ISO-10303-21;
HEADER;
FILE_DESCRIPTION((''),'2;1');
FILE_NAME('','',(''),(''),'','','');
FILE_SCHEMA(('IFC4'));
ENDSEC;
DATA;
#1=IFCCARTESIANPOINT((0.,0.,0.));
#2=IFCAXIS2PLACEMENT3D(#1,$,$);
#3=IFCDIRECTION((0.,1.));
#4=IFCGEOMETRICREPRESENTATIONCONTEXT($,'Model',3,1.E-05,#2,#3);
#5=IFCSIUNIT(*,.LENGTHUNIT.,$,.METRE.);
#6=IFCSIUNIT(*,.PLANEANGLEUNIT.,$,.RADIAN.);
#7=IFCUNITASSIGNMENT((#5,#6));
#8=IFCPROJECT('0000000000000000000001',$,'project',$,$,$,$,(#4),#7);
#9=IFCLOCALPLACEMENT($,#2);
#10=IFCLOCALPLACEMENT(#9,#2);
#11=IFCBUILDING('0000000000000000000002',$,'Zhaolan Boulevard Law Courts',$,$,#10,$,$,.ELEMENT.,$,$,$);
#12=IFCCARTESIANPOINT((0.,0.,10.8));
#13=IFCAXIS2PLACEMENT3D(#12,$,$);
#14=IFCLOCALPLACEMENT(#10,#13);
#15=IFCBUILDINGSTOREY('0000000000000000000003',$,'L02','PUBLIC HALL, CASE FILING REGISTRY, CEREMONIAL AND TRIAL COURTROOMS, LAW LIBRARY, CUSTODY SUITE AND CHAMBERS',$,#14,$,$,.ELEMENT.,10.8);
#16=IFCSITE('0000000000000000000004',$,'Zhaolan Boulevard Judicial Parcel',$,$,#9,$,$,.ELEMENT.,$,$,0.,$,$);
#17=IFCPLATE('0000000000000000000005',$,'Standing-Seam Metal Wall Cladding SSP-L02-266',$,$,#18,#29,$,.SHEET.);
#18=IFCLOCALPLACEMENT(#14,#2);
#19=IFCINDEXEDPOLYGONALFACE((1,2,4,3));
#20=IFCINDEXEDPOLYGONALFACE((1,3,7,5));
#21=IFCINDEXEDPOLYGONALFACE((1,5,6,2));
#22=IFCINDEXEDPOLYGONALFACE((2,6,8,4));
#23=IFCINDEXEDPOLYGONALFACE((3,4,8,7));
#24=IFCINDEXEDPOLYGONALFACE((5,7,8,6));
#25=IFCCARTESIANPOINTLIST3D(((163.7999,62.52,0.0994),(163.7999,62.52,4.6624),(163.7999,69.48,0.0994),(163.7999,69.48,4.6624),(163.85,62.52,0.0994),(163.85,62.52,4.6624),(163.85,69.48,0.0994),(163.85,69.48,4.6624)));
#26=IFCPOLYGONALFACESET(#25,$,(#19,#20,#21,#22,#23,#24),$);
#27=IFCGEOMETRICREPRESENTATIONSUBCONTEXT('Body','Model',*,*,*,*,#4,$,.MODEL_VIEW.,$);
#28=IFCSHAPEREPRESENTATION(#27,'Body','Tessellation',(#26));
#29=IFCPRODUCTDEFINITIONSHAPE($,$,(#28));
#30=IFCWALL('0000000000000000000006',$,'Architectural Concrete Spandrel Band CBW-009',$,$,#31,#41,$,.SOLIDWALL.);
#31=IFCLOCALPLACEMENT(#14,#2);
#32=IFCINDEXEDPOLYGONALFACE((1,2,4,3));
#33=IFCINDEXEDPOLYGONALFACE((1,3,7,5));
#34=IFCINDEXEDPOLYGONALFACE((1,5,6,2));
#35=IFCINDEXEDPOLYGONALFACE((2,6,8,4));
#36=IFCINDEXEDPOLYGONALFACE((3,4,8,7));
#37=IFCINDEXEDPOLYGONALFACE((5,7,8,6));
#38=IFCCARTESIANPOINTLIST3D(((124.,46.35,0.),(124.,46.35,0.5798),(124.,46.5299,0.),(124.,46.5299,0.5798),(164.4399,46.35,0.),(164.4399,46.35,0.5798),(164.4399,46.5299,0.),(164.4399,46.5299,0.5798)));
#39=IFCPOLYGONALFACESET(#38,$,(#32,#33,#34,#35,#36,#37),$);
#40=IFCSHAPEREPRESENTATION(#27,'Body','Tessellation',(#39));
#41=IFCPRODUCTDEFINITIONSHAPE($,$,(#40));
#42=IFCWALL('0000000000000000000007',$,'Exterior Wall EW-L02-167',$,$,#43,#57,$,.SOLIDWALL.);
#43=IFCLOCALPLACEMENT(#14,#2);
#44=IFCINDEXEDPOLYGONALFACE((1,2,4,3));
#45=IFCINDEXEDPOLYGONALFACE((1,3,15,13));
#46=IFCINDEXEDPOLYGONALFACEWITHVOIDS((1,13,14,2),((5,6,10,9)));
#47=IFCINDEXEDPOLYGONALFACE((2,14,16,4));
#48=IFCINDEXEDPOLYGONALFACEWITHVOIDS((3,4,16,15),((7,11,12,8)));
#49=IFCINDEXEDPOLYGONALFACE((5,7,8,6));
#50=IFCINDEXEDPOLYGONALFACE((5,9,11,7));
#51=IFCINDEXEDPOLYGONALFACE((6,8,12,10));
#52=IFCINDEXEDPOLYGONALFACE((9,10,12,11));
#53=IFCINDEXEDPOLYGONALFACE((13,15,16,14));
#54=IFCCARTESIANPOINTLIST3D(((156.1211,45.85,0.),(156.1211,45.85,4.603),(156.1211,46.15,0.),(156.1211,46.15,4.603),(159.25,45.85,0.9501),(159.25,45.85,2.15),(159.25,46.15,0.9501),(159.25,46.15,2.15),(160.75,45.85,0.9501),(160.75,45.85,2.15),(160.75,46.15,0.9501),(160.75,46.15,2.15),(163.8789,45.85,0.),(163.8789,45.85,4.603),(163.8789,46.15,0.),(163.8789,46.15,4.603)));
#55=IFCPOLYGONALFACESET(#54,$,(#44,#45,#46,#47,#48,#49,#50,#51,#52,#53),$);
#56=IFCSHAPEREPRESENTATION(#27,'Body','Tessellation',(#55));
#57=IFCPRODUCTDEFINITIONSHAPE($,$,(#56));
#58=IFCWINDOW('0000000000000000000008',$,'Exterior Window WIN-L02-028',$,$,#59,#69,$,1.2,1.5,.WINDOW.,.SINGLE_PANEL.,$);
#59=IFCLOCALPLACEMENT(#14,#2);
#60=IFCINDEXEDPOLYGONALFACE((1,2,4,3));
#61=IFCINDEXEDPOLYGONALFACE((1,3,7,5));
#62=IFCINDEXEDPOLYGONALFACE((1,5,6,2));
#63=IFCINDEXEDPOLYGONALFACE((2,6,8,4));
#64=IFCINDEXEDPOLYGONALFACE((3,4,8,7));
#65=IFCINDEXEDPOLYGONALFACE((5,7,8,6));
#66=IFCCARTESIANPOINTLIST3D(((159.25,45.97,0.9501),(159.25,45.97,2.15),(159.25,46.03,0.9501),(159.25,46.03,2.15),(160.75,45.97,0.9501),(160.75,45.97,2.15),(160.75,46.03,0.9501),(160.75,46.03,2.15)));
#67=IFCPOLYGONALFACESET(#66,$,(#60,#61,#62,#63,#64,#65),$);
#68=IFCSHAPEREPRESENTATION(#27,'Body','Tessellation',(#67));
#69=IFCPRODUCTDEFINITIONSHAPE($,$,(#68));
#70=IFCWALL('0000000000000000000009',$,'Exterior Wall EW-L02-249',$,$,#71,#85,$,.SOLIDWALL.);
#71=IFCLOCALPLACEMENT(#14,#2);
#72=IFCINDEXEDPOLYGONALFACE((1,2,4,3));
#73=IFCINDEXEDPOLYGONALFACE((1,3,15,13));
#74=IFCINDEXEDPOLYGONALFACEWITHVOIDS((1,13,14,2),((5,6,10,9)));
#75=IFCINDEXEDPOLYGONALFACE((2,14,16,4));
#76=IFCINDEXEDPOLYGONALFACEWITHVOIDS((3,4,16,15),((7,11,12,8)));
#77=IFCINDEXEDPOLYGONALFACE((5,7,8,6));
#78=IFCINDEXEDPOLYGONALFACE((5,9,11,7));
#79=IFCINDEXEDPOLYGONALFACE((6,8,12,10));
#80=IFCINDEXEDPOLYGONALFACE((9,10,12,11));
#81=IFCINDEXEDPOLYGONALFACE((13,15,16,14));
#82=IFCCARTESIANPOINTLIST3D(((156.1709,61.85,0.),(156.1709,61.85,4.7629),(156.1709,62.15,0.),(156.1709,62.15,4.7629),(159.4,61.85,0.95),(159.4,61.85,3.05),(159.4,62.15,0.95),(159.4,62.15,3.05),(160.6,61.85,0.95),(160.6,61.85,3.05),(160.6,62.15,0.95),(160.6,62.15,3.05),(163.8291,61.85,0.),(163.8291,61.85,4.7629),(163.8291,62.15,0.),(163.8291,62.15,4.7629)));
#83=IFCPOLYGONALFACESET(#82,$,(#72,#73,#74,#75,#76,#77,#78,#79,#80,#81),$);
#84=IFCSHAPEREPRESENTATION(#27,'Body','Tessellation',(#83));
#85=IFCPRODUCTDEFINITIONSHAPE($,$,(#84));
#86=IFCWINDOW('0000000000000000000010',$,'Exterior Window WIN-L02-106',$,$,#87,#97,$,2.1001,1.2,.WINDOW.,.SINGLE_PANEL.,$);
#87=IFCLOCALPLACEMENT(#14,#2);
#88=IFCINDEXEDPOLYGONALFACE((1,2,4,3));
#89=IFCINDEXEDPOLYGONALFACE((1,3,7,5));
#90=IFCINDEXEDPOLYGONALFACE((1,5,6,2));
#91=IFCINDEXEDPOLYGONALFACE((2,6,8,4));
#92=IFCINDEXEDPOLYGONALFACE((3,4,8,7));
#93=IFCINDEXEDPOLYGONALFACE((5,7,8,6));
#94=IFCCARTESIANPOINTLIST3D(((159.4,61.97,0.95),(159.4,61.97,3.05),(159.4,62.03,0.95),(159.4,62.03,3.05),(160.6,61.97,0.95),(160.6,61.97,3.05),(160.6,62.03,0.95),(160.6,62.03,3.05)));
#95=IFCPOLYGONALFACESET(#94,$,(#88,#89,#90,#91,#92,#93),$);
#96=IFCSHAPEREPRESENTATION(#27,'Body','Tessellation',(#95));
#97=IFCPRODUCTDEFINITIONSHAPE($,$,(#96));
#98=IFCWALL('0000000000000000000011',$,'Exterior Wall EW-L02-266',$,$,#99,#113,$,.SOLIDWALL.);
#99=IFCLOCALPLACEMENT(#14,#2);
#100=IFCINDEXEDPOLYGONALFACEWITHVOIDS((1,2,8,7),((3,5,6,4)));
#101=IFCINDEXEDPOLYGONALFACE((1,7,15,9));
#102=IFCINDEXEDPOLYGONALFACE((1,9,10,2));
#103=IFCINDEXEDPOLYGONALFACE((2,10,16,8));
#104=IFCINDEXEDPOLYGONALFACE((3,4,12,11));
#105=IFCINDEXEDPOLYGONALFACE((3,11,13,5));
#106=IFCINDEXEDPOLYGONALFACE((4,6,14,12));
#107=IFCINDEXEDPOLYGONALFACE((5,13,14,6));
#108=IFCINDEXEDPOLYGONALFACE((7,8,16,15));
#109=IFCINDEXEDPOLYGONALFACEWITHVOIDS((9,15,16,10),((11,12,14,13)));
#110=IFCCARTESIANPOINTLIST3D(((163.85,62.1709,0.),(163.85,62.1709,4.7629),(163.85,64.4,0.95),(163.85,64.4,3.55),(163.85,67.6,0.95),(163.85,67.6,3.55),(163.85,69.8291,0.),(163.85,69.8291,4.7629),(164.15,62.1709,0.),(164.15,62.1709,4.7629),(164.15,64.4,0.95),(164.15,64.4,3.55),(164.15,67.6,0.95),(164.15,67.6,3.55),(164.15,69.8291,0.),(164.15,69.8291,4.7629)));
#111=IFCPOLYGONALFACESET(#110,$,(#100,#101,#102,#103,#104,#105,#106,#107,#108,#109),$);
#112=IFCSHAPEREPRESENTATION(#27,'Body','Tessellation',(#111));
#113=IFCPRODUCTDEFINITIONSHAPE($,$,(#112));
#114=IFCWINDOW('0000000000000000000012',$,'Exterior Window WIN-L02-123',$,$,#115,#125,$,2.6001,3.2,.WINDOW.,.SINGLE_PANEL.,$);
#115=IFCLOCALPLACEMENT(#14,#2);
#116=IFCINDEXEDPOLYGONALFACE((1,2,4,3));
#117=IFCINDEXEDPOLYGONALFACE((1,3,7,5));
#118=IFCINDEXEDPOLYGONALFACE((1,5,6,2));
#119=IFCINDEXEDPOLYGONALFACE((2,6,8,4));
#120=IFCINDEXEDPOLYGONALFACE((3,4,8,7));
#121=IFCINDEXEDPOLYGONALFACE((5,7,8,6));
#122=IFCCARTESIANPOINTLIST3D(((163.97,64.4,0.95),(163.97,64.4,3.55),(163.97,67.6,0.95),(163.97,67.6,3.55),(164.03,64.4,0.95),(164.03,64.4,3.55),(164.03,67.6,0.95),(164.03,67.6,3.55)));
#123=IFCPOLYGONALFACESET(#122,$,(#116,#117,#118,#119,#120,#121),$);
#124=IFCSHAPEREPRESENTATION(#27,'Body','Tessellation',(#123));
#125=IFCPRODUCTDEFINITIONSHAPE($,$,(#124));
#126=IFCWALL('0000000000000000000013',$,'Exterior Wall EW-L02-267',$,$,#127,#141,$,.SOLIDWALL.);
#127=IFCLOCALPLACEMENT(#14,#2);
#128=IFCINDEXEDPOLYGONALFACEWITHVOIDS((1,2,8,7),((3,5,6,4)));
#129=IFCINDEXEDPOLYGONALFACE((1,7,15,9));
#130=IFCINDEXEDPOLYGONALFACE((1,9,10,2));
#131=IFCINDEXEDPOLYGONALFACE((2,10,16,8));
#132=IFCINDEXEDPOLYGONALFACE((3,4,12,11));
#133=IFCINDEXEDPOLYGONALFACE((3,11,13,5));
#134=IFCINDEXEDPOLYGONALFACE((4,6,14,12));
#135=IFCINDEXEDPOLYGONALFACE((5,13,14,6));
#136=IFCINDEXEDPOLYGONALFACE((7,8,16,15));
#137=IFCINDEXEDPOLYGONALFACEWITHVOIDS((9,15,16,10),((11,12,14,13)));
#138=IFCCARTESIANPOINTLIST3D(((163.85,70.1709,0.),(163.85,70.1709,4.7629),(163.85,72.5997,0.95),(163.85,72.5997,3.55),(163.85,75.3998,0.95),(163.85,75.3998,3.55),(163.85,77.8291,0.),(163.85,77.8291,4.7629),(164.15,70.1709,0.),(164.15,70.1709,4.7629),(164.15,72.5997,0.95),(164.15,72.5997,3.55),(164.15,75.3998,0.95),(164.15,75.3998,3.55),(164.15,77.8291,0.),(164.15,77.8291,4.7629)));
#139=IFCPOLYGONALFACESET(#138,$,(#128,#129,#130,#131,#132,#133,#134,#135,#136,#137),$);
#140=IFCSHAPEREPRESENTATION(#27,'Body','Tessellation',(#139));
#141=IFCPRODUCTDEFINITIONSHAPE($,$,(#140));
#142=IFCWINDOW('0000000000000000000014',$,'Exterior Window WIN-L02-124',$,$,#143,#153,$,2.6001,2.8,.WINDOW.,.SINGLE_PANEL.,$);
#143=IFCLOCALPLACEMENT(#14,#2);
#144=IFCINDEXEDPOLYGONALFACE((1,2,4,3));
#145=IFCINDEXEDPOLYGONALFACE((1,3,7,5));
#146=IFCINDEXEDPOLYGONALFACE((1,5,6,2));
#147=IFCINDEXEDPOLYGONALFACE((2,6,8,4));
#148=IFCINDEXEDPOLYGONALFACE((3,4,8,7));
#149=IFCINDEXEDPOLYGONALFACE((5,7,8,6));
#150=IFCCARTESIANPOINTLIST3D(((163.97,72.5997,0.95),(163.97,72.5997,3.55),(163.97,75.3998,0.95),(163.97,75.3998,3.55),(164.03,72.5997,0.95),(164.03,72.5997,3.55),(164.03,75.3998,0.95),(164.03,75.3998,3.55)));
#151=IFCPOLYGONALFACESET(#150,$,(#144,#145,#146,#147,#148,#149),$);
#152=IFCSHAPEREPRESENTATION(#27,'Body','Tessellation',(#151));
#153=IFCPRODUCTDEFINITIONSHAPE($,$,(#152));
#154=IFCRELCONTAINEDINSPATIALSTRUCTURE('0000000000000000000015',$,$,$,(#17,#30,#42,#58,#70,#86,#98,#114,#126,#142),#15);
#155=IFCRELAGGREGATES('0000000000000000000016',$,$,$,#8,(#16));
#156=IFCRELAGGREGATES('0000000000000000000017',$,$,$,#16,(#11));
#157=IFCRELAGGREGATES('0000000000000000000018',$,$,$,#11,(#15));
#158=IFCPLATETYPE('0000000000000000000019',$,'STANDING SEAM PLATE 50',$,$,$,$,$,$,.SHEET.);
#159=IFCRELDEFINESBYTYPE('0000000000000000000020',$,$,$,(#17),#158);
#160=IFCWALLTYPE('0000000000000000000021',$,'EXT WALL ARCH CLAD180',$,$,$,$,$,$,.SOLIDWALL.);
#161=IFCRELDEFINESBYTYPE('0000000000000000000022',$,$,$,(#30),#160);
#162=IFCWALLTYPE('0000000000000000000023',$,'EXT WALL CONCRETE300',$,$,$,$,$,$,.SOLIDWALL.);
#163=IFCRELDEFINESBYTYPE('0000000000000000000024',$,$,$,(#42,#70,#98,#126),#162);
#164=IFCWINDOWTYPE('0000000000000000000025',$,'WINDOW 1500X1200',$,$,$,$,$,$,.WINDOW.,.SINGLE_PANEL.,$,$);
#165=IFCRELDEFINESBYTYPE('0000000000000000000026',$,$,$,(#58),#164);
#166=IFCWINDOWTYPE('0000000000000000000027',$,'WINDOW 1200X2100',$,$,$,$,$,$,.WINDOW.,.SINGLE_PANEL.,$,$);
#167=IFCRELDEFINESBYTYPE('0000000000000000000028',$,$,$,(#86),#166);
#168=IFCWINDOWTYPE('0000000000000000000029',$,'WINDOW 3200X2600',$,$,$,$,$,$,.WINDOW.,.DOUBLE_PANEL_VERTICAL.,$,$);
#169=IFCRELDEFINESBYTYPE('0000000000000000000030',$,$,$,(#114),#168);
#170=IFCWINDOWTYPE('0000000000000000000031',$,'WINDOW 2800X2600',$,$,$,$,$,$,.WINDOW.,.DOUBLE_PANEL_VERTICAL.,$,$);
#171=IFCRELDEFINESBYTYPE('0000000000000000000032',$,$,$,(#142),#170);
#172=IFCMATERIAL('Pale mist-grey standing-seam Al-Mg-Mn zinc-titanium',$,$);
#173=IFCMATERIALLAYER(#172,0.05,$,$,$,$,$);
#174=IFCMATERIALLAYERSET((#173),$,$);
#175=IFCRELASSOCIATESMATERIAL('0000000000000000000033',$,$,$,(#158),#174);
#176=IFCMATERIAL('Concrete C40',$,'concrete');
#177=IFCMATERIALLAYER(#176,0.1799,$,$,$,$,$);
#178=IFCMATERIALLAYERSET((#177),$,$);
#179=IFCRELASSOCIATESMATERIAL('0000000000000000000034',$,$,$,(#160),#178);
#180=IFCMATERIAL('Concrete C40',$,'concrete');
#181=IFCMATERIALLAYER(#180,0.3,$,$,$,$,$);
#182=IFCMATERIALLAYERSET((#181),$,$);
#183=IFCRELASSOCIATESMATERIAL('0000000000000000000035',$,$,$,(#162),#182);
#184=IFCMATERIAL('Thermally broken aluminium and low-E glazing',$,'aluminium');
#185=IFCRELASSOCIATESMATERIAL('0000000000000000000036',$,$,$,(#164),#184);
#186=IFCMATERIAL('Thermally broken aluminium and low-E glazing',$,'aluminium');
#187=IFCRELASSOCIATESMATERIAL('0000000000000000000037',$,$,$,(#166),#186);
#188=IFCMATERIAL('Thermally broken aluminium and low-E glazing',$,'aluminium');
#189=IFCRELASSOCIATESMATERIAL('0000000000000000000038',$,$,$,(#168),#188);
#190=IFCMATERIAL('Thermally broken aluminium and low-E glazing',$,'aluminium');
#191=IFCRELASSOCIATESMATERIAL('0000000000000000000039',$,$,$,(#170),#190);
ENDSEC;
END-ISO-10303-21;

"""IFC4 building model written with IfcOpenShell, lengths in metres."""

from ifc_helpers import new_model, si_unit, direction, frame, frame_2d, origin, origin_2d, place, context, subcontext, project, spatial, rectangle, extrude, material, layer, layer_set, type_object, element, fill, save


model = new_model("IFC4")

# Units and contexts
model_context = context("Model", 3, precision=1e-05, world=origin(), true_north=direction((0.0, 1.0)))
body_context = subcontext(model_context, "Body", "Model", "MODEL_VIEW")
ifc_project = project(units=[si_unit("LENGTHUNIT", "METRE"), si_unit("PLANEANGLEUNIT", "RADIAN")], contexts=[model_context])

# Site, building, storey
site_placement = place(None, origin())
site = spatial("IfcSite", under=ifc_project, at=site_placement, Name="Zhaolan Boulevard Judicial Parcel", CompositionType="ELEMENT", RefElevation=0.0)
building_placement = place(site_placement, origin())
building = spatial("IfcBuilding", under=site, at=building_placement, Name="Zhaolan Boulevard Law Courts", CompositionType="ELEMENT")
storey_placement = place(building_placement, frame((0.0, 0.0, 10.8)))
storey = spatial("IfcBuildingStorey", under=building, at=storey_placement, Name="L02", Description="PUBLIC HALL, CASE FILING REGISTRY, CEREMONIAL AND TRIAL COURTROOMS, LAW LIBRARY, CUSTODY SUITE AND CHAMBERS", CompositionType="ELEMENT", Elevation=10.8)

# Plate
ifc_material_1 = material(Name="Pale mist-grey standing-seam Al-Mg-Mn zinc-titanium")
ifc_layer_1 = layer(ifc_material_1, 0.05)
ifc_layer_set_1 = layer_set([ifc_layer_1])
plate_type_1 = type_object("IfcPlateType", Name="STANDING SEAM PLATE 50", PredefinedType="SHEET", material=ifc_layer_set_1)
plate_1_placement = place(storey_placement, frame((163.825, 66.0, 0.0994), z_axis=(0.0, 0.0, 1.0), x_axis=(0.0, 1.0, 0.0)))
element("IfcPlate", 1, at=plate_1_placement, inside=storey, type_object=plate_type_1, Name="Standing-Seam Metal Wall Cladding SSP-L02-266", PredefinedType="SHEET", context=body_context, shape_type="SweptSolid", body=[
    extrude(rectangle(XDim=6.96, YDim=0.05, at=origin_2d()), origin(), (0.0, 0.0, 1.0), 4.563),
])

# Wall
ifc_material_2 = material(Name="Concrete C40", Category="concrete")
ifc_layer_2 = layer(ifc_material_2, 0.1799)
ifc_layer_set_2 = layer_set([ifc_layer_2])
wall_type_1 = type_object("IfcWallType", Name="EXT WALL ARCH CLAD180", PredefinedType="SOLIDWALL", material=ifc_layer_set_2)
wall_1_placement = place(storey_placement, frame((164.4399, 46.4399, 0.0), z_axis=(0.0, 0.0, 1.0), x_axis=(-1.0, 0.0, 0.0)))
element("IfcWall", 2, at=wall_1_placement, inside=storey, type_object=wall_type_1, Name="Architectural Concrete Spandrel Band CBW-009", PredefinedType="SOLIDWALL", context=body_context, shape_type="SweptSolid", body=[
    extrude(rectangle(XDim=40.4399, YDim=0.1799, at=frame_2d((20.22, 0.0))), origin(), (0.0, 0.0, 1.0), 0.5798),
])

# Walls, openings, windows
ifc_material_3 = material(Name="Concrete C40", Category="concrete")
ifc_layer_3 = layer(ifc_material_3, 0.3)
ifc_layer_set_3 = layer_set([ifc_layer_3])
wall_type_2 = type_object("IfcWallType", Name="EXT WALL CONCRETE300", PredefinedType="SOLIDWALL", material=ifc_layer_set_3)
wall_2_placement = place(storey_placement, frame((163.8789, 46.0, 0.0), z_axis=(0.0, 0.0, 1.0), x_axis=(-1.0, 0.0, 0.0)))
wall_2 = element("IfcWall", 3, at=wall_2_placement, inside=storey, type_object=wall_type_2, Name="Exterior Wall EW-L02-167", PredefinedType="SOLIDWALL", context=body_context, shape_type="SweptSolid", body=[
    extrude(rectangle(XDim=7.7578, YDim=0.3, at=frame_2d((3.8789, 0.0))), origin(), (0.0, 0.0, 1.0), 4.603),
])
opening_1_placement = place(wall_2_placement, frame((3.1289, 0.0, 0.95)))
opening_1 = element("IfcOpeningElement", 4, at=opening_1_placement, cuts=wall_2, PredefinedType="OPENING", context=body_context, shape_type="SweptSolid", body=[
    extrude(rectangle(XDim=1.5, YDim=1.2, at=frame_2d((0.75, 0.6001))), frame((0.0, 0.1599, 0.0), z_axis=(0.0, -1.0, 0.0), x_axis=(1.0, 0.0, 0.0)), (0.0, 0.0, 1.0), 0.3201),
])
ifc_material_4 = material(Name="Thermally broken aluminium and low-E glazing", Category="aluminium")
window_type_1 = type_object("IfcWindowType", Name="WINDOW 1500X1200", PartitioningType="SINGLE_PANEL", PredefinedType="WINDOW", material=ifc_material_4)
window_1_placement = place(opening_1_placement, origin())
window_1 = element("IfcWindow", 5, at=window_1_placement, inside=storey, type_object=window_type_1, Name="Exterior Window WIN-L02-028", OverallHeight=1.2, OverallWidth=1.5, PartitioningType="SINGLE_PANEL", PredefinedType="WINDOW", context=body_context, shape_type="SweptSolid", body=[
    extrude(rectangle(XDim=1.5, YDim=1.2, at=frame_2d((0.75, 0.6001))), frame((0.0, 0.03, 0.0), z_axis=(0.0, -1.0, 0.0), x_axis=(1.0, 0.0, 0.0)), (0.0, 0.0, 1.0), 0.0601),
])
fill(opening_1, window_1)
wall_3_placement = place(storey_placement, frame((156.1709, 62.0, 0.0), z_axis=(0.0, 0.0, 1.0), x_axis=(1.0, 0.0, 0.0)))
wall_3 = element("IfcWall", 6, at=wall_3_placement, inside=storey, type_object=wall_type_2, Name="Exterior Wall EW-L02-249", PredefinedType="SOLIDWALL", context=body_context, shape_type="SweptSolid", body=[
    extrude(rectangle(XDim=7.6582, YDim=0.3, at=frame_2d((3.8291, 0.0))), origin(), (0.0, 0.0, 1.0), 4.7629),
])
opening_2_placement = place(wall_3_placement, frame((3.229, 0.0, 0.95)))
opening_2 = element("IfcOpeningElement", 7, at=opening_2_placement, cuts=wall_3, PredefinedType="OPENING", context=body_context, shape_type="SweptSolid", body=[
    extrude(rectangle(XDim=1.2, YDim=2.1001, at=frame_2d((0.6001, 1.05))), frame((0.0, 0.1599, 0.0), z_axis=(0.0, -1.0, 0.0), x_axis=(1.0, 0.0, 0.0)), (0.0, 0.0, 1.0), 0.3201),
])
ifc_material_5 = material(Name="Thermally broken aluminium and low-E glazing", Category="aluminium")
window_type_2 = type_object("IfcWindowType", Name="WINDOW 1200X2100", PartitioningType="SINGLE_PANEL", PredefinedType="WINDOW", material=ifc_material_5)
window_2_placement = place(opening_2_placement, origin())
window_2 = element("IfcWindow", 8, at=window_2_placement, inside=storey, type_object=window_type_2, Name="Exterior Window WIN-L02-106", OverallHeight=2.1001, OverallWidth=1.2, PartitioningType="SINGLE_PANEL", PredefinedType="WINDOW", context=body_context, shape_type="SweptSolid", body=[
    extrude(rectangle(XDim=1.2, YDim=2.1001, at=frame_2d((0.6001, 1.05))), frame((0.0, 0.03, 0.0), z_axis=(0.0, -1.0, 0.0), x_axis=(1.0, 0.0, 0.0)), (0.0, 0.0, 1.0), 0.0601),
])
fill(opening_2, window_2)
wall_4_placement = place(storey_placement, frame((164.0, 62.1709, 0.0), z_axis=(0.0, 0.0, 1.0), x_axis=(0.0, 1.0, 0.0)))
wall_4 = element("IfcWall", 9, at=wall_4_placement, inside=storey, type_object=wall_type_2, Name="Exterior Wall EW-L02-266", PredefinedType="SOLIDWALL", context=body_context, shape_type="SweptSolid", body=[
    extrude(rectangle(XDim=7.6582, YDim=0.3, at=frame_2d((3.8291, 0.0))), origin(), (0.0, 0.0, 1.0), 4.7629),
])
opening_3_placement = place(wall_4_placement, frame((2.229, 0.0, 0.95)))
opening_3 = element("IfcOpeningElement", 10, at=opening_3_placement, cuts=wall_4, PredefinedType="OPENING", context=body_context, shape_type="SweptSolid", body=[
    extrude(rectangle(XDim=3.2, YDim=2.6001, at=frame_2d((1.6001, 1.3))), frame((0.0, 0.1599, 0.0), z_axis=(0.0, -1.0, 0.0), x_axis=(1.0, 0.0, 0.0)), (0.0, 0.0, 1.0), 0.3201),
])
ifc_material_6 = material(Name="Thermally broken aluminium and low-E glazing", Category="aluminium")
window_type_3 = type_object("IfcWindowType", Name="WINDOW 3200X2600", PartitioningType="DOUBLE_PANEL_VERTICAL", PredefinedType="WINDOW", material=ifc_material_6)
window_3_placement = place(opening_3_placement, origin())
window_3 = element("IfcWindow", 11, at=window_3_placement, inside=storey, type_object=window_type_3, Name="Exterior Window WIN-L02-123", OverallHeight=2.6001, OverallWidth=3.2, PartitioningType="SINGLE_PANEL", PredefinedType="WINDOW", context=body_context, shape_type="SweptSolid", body=[
    extrude(rectangle(XDim=3.2, YDim=2.6001, at=frame_2d((1.6001, 1.3))), frame((0.0, 0.03, 0.0), z_axis=(0.0, -1.0, 0.0), x_axis=(1.0, 0.0, 0.0)), (0.0, 0.0, 1.0), 0.0601),
])
fill(opening_3, window_3)
wall_5_placement = place(storey_placement, frame((164.0, 70.1709, 0.0), z_axis=(0.0, 0.0, 1.0), x_axis=(0.0, 1.0, 0.0)))
wall_5 = element("IfcWall", 12, at=wall_5_placement, inside=storey, type_object=wall_type_2, Name="Exterior Wall EW-L02-267", PredefinedType="SOLIDWALL", context=body_context, shape_type="SweptSolid", body=[
    extrude(rectangle(XDim=7.6582, YDim=0.3, at=frame_2d((3.8291, 0.0))), origin(), (0.0, 0.0, 1.0), 4.7629),
])
opening_4_placement = place(wall_5_placement, frame((2.429, 0.0, 0.95)))
opening_4 = element("IfcOpeningElement", 13, at=opening_4_placement, cuts=wall_5, PredefinedType="OPENING", context=body_context, shape_type="SweptSolid", body=[
    extrude(rectangle(XDim=2.8, YDim=2.6001, at=frame_2d((1.3999, 1.3))), frame((0.0, 0.1599, 0.0), z_axis=(0.0, -1.0, 0.0), x_axis=(1.0, 0.0, 0.0)), (0.0, 0.0, 1.0), 0.3201),
])
ifc_material_7 = material(Name="Thermally broken aluminium and low-E glazing", Category="aluminium")
window_type_4 = type_object("IfcWindowType", Name="WINDOW 2800X2600", PartitioningType="DOUBLE_PANEL_VERTICAL", PredefinedType="WINDOW", material=ifc_material_7)
window_4_placement = place(opening_4_placement, origin())
window_4 = element("IfcWindow", 14, at=window_4_placement, inside=storey, type_object=window_type_4, Name="Exterior Window WIN-L02-124", OverallHeight=2.6001, OverallWidth=2.8, PartitioningType="SINGLE_PANEL", PredefinedType="WINDOW", context=body_context, shape_type="SweptSolid", body=[
    extrude(rectangle(XDim=2.8, YDim=2.6001, at=frame_2d((1.3999, 1.3))), frame((0.0, 0.03, 0.0), z_axis=(0.0, -1.0, 0.0), x_axis=(1.0, 0.0, 0.0)), (0.0, 0.0, 1.0), 0.0601),
])
fill(opening_4, window_4)

save(model, "model.ifc")
